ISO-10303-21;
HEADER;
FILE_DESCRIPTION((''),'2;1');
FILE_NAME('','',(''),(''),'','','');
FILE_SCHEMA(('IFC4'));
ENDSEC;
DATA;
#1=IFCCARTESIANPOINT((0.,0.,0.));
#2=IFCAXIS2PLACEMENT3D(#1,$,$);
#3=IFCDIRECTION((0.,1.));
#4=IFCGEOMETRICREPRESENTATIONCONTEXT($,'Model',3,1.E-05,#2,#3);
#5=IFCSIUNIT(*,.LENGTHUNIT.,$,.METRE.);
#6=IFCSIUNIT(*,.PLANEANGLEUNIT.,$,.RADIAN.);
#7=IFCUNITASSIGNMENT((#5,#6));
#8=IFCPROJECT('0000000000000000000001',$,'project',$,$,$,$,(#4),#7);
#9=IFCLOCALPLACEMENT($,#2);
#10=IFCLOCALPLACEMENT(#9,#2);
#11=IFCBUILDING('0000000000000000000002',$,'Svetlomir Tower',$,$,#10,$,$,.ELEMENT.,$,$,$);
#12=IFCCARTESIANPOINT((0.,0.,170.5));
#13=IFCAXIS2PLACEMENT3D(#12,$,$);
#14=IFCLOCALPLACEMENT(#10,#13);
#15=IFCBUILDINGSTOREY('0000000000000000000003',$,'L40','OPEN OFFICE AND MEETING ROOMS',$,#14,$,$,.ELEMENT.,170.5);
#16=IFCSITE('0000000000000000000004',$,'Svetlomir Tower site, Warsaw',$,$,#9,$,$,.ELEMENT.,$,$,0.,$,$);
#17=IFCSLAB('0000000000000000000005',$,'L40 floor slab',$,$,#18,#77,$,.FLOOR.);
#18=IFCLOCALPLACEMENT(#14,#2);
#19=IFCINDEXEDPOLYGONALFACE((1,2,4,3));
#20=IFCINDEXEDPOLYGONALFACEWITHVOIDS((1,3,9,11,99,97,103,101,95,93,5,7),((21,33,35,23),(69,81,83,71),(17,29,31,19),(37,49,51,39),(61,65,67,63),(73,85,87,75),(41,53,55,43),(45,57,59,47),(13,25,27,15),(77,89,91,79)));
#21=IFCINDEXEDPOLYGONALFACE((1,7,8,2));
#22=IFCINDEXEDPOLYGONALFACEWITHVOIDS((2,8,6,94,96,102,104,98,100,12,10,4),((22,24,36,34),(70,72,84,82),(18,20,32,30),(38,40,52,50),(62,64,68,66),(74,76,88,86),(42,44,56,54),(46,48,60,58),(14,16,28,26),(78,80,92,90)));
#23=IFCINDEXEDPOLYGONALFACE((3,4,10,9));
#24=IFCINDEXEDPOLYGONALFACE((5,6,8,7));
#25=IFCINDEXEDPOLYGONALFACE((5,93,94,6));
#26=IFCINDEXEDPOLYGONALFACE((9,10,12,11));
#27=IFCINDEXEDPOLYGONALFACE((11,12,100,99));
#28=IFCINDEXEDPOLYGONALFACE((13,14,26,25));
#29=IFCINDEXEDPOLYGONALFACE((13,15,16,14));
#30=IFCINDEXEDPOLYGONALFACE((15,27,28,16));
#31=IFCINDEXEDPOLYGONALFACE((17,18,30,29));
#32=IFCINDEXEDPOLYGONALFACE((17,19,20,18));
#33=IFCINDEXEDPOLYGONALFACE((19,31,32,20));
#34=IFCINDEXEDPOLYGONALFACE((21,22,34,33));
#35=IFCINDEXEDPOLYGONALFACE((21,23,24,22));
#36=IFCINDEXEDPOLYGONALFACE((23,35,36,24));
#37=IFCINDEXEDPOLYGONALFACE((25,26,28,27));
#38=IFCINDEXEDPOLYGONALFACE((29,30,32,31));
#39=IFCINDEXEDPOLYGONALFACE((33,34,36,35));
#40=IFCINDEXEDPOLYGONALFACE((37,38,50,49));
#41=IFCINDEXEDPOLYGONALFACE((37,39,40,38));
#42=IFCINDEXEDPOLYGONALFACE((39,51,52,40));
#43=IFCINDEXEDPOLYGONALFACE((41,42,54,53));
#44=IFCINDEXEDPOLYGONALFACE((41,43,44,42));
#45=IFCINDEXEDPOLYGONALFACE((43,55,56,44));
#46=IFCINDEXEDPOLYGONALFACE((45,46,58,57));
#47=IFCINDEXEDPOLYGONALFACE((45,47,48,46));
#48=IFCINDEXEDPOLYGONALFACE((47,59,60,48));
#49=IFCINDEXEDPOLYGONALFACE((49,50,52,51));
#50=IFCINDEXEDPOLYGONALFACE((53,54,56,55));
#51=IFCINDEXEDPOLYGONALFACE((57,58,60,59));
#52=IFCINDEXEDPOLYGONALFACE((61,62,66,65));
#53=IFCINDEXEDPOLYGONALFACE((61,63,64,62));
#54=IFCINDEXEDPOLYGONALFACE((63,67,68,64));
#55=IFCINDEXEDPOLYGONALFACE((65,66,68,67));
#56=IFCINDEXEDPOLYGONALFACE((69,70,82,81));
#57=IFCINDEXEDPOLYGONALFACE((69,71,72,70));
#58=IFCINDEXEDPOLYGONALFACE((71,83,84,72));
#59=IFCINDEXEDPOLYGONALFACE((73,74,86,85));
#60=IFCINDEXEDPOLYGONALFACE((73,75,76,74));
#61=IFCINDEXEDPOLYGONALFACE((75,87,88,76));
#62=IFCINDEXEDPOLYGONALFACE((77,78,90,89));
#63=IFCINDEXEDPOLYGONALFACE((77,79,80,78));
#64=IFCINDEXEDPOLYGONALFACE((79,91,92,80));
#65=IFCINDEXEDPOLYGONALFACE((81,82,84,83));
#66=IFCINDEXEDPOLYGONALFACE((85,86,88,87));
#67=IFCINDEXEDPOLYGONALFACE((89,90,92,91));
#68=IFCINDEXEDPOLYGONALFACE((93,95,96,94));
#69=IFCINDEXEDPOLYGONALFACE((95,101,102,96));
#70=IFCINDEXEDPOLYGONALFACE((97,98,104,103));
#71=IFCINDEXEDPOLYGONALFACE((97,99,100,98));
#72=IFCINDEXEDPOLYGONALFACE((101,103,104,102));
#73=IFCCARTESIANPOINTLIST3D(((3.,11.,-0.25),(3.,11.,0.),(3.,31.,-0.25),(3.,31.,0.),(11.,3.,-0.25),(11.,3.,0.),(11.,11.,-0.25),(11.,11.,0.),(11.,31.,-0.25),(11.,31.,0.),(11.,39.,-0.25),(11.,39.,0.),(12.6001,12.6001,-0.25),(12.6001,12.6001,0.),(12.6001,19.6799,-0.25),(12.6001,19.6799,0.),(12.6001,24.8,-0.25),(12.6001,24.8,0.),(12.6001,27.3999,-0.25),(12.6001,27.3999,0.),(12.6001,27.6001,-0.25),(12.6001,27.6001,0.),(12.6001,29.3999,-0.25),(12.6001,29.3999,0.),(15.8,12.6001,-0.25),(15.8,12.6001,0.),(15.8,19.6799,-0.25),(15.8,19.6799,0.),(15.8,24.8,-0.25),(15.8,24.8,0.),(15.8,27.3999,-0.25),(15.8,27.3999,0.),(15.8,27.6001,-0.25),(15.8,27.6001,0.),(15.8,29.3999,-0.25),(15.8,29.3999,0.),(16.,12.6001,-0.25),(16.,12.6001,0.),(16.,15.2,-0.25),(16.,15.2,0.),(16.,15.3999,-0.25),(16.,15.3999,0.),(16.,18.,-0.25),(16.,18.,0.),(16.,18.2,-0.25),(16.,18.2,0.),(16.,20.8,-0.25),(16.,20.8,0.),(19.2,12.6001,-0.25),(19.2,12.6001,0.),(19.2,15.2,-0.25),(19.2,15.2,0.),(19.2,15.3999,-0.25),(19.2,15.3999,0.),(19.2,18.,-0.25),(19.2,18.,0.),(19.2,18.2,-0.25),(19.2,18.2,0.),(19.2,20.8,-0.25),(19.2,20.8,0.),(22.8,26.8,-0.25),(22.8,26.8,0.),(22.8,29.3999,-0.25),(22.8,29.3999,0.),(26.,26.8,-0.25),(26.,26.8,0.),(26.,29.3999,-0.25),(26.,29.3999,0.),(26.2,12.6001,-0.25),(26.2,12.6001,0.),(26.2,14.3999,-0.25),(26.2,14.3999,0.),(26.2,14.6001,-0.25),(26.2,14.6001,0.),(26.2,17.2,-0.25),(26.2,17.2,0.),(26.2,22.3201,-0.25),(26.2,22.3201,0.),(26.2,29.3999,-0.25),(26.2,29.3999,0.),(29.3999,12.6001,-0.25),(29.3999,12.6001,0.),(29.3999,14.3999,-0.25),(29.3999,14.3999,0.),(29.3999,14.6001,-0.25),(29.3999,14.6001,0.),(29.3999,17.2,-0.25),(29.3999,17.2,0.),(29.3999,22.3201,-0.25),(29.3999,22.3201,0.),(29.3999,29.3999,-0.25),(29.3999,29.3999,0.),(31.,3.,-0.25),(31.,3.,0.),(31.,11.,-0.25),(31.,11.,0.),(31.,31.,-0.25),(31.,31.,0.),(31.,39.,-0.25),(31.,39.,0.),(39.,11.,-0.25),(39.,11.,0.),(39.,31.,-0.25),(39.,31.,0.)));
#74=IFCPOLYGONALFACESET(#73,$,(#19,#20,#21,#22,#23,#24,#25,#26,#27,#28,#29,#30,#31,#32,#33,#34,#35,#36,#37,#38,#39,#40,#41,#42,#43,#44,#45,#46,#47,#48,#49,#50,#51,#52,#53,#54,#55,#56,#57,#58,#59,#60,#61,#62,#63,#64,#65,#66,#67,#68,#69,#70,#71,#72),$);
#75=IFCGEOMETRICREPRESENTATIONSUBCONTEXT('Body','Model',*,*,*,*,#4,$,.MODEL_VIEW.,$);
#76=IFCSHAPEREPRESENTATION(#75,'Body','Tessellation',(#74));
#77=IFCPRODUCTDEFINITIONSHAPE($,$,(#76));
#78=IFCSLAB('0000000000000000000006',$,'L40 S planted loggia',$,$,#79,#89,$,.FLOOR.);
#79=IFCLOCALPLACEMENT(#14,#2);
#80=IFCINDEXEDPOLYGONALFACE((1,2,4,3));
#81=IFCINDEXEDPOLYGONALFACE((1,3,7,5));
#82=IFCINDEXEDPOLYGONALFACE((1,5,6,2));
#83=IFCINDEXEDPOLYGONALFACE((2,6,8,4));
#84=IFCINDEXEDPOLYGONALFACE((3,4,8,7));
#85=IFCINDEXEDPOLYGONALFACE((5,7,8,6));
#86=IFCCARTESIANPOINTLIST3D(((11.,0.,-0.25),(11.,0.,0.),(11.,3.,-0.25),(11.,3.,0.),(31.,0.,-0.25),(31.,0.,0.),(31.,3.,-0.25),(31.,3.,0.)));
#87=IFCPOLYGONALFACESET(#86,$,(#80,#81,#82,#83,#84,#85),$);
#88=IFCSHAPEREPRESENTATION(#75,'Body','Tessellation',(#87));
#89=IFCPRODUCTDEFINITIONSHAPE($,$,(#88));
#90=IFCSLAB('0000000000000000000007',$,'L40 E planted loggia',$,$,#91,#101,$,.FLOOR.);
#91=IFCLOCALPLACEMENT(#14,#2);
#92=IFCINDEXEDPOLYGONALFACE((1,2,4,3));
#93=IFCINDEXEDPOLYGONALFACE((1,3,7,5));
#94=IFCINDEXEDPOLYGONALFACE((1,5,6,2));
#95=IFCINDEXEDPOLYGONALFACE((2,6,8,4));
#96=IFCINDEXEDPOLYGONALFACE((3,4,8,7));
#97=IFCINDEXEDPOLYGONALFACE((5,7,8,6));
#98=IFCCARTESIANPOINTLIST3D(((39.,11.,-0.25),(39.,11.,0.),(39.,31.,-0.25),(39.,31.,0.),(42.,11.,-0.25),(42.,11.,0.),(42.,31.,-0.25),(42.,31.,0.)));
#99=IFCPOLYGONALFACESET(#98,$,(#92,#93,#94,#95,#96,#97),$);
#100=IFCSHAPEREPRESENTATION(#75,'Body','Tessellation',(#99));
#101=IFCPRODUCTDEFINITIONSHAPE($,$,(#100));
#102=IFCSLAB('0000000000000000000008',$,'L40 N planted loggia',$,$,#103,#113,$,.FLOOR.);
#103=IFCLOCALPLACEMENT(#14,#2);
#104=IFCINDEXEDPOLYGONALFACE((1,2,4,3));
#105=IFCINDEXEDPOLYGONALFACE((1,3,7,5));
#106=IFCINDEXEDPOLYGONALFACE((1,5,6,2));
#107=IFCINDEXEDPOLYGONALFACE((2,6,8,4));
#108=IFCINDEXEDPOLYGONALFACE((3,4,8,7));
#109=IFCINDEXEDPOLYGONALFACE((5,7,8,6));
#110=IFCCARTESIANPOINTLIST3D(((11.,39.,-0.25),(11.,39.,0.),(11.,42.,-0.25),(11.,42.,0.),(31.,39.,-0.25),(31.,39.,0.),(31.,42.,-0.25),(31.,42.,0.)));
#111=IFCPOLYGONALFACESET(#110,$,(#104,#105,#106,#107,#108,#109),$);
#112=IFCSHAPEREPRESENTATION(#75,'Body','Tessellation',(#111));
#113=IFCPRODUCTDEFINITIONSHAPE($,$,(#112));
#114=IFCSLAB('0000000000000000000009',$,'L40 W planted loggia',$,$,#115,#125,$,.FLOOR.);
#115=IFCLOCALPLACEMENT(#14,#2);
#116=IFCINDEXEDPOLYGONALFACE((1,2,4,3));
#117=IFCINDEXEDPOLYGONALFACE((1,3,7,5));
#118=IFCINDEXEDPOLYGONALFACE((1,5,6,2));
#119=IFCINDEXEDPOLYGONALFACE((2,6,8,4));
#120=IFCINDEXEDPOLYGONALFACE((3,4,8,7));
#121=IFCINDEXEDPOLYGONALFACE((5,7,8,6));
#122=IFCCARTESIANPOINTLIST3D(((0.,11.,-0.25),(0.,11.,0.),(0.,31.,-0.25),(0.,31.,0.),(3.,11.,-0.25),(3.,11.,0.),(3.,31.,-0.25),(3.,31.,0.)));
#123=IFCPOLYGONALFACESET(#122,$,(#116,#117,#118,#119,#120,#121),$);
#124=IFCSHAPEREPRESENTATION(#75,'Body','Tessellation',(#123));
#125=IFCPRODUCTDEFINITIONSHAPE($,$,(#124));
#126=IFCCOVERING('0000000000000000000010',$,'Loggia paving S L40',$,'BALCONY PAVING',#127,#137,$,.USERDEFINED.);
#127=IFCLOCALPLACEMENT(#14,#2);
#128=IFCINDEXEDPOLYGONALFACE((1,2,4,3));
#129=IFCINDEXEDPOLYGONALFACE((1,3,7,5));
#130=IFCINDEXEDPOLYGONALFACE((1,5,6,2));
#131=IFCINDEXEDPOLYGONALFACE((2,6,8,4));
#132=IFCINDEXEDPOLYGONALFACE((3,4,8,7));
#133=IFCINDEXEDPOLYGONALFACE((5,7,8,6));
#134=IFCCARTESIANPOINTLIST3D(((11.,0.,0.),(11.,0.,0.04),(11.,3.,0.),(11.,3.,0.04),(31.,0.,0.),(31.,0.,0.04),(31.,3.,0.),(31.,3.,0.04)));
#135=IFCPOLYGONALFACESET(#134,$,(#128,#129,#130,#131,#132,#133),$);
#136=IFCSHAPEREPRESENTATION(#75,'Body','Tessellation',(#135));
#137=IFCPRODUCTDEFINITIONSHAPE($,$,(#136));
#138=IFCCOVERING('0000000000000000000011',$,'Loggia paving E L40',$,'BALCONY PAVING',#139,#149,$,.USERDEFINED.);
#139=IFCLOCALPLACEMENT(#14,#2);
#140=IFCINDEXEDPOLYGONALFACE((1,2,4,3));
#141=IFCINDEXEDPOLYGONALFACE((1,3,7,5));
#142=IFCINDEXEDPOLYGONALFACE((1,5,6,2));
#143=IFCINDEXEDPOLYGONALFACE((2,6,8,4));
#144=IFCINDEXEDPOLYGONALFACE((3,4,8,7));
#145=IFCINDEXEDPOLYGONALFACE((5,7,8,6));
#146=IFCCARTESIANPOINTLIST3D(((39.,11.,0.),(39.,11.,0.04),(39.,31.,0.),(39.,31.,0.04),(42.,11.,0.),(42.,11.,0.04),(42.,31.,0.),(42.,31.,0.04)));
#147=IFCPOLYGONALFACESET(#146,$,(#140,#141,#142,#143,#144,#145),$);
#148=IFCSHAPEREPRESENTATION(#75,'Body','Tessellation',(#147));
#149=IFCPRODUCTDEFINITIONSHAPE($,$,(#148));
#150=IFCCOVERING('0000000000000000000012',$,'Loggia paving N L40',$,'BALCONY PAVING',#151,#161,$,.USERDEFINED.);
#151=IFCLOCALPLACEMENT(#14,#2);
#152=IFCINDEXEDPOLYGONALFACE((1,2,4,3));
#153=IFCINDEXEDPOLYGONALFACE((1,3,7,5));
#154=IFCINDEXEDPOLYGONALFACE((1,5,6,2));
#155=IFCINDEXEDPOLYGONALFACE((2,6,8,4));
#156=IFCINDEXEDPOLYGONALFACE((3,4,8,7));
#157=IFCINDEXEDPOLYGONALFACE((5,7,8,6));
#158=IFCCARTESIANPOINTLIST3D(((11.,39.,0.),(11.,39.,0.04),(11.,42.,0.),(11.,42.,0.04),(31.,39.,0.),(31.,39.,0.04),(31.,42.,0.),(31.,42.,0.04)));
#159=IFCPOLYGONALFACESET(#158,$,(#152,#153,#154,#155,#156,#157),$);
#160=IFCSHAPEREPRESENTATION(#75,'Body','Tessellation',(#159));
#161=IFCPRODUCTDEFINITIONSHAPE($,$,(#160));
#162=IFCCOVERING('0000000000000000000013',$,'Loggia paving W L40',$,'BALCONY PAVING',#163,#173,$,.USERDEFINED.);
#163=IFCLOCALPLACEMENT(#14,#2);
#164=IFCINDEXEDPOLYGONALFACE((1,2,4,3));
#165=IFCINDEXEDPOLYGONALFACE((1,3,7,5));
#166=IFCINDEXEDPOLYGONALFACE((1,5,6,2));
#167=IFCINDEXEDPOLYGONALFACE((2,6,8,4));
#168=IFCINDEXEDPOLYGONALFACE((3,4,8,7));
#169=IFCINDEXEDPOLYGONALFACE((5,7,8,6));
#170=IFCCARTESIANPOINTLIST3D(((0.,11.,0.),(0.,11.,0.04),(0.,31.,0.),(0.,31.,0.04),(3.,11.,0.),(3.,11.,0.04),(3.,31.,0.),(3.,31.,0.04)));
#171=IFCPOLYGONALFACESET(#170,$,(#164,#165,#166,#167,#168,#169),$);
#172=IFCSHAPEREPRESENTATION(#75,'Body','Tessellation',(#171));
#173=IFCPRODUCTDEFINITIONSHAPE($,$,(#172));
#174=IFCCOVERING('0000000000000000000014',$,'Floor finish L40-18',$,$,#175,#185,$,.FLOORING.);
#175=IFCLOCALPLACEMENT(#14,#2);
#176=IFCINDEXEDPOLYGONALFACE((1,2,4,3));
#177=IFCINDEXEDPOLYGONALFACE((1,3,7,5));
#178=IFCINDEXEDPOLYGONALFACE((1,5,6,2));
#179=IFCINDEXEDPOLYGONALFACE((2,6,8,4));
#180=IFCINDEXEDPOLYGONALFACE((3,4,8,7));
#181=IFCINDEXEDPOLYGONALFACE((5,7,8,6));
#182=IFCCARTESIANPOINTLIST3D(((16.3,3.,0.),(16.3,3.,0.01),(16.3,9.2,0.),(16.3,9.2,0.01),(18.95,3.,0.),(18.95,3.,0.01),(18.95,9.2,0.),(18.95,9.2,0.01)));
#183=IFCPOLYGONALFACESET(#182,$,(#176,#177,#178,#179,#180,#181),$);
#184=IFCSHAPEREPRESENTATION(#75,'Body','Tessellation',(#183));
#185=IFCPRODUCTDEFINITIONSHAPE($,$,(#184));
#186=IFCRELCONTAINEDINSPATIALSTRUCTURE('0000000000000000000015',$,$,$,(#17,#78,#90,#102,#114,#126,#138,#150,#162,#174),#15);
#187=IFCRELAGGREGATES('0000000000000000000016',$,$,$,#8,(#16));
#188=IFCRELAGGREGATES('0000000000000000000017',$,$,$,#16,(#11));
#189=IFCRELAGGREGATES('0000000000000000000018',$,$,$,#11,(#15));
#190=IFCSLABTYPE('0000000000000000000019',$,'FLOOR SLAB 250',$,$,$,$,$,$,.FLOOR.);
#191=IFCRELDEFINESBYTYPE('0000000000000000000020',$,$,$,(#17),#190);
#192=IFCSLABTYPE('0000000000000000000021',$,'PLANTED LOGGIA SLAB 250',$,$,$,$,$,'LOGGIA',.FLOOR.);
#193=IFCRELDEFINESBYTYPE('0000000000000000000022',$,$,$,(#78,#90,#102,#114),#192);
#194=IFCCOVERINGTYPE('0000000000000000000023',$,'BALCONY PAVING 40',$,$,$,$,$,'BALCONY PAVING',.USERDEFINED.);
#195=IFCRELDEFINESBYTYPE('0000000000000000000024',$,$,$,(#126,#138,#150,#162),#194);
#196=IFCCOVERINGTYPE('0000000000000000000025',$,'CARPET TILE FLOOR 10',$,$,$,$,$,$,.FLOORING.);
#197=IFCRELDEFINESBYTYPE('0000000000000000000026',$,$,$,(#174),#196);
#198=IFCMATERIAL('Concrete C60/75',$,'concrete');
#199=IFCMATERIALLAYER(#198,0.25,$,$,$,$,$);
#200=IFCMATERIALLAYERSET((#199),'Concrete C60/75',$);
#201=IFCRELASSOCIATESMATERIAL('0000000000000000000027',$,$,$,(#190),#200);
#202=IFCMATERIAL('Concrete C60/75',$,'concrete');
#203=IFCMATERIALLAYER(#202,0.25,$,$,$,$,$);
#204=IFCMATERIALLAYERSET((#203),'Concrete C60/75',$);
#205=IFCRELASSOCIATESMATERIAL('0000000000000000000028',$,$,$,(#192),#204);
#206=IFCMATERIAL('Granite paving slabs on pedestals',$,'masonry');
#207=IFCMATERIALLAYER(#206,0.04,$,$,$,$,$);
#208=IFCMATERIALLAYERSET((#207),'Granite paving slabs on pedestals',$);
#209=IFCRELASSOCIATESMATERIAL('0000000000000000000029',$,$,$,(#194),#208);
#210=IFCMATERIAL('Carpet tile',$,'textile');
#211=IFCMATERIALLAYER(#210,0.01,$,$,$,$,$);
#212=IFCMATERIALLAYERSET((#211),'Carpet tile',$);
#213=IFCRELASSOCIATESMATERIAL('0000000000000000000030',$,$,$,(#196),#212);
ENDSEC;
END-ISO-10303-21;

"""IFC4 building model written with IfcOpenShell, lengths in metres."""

from ifc_helpers import new_model, si_unit, direction, frame, origin, place, context, subcontext, project, spatial, polyline, outline, extrude, material, layer, layer_set, type_object, element, save


model = new_model("IFC4")

# Units and contexts
model_context = context("Model", 3, precision=1e-05, world=origin(), true_north=direction((0.0, 1.0)))
body_context = subcontext(model_context, "Body", "Model", "MODEL_VIEW")
ifc_project = project(units=[si_unit("LENGTHUNIT", "METRE"), si_unit("PLANEANGLEUNIT", "RADIAN")], contexts=[model_context])

# Site, building, storey
site_placement = place(None, origin())
site = spatial("IfcSite", under=ifc_project, at=site_placement, Name="Svetlomir Tower site, Warsaw", CompositionType="ELEMENT", RefElevation=0.0)
building_placement = place(site_placement, origin())
building = spatial("IfcBuilding", under=site, at=building_placement, Name="Svetlomir Tower", CompositionType="ELEMENT")
storey_placement = place(building_placement, frame((0.0, 0.0, 170.5)))
storey = spatial("IfcBuildingStorey", under=building, at=storey_placement, Name="L40", Description="OPEN OFFICE AND MEETING ROOMS", CompositionType="ELEMENT", Elevation=170.5)

# Slabs
ifc_material_1 = material(Name="Concrete C60/75", Category="concrete")
ifc_layer_1 = layer(ifc_material_1, 0.25)
ifc_layer_set_1 = layer_set([ifc_layer_1], Name="Concrete C60/75")
slab_type_1 = type_object("IfcSlabType", Name="FLOOR SLAB 250", PredefinedType="FLOOR", material=ifc_layer_set_1)
slab_1_placement = place(storey_placement, frame((0.0, 0.0, -0.25)))
element("IfcSlab", 1, at=slab_1_placement, inside=storey, type_object=slab_type_1, Name="L40 floor slab", PredefinedType="FLOOR", context=body_context, shape_type="SweptSolid", body=[
    extrude(outline(polyline([(11.0, 3.0), (31.0, 3.0), (31.0, 11.0), (39.0, 11.0), (39.0, 31.0), (31.0, 31.0), (31.0, 39.0), (11.0, 39.0), (11.0, 31.0), (3.0, 31.0), (3.0, 11.0), (11.0, 11.0), (11.0, 3.0)]), holes=[polyline([(12.6001, 24.8), (15.8, 24.8), (15.8, 27.3999), (12.6001, 27.3999), (12.6001, 24.8)]), polyline([(26.2, 14.6001), (29.3999, 14.6001), (29.3999, 17.2), (26.2, 17.2), (26.2, 14.6001)]), polyline([(16.0, 12.6001), (19.2, 12.6001), (19.2, 15.2), (16.0, 15.2), (16.0, 12.6001)]), polyline([(16.0, 15.3999), (19.2, 15.3999), (19.2, 18.0), (16.0, 18.0), (16.0, 15.3999)]), polyline([(16.0, 18.2), (19.2, 18.2), (19.2, 20.8), (16.0, 20.8), (16.0, 18.2)]), polyline([(22.8, 26.8), (26.0, 26.8), (26.0, 29.3999), (22.8, 29.3999), (22.8, 26.8)]), polyline([(12.6001, 27.6001), (15.8, 27.6001), (15.8, 29.3999), (12.6001, 29.3999), (12.6001, 27.6001)]), polyline([(26.2, 12.6001), (29.3999, 12.6001), (29.3999, 14.3999), (26.2, 14.3999), (26.2, 12.6001)]), polyline([(12.6001, 12.6001), (15.8, 12.6001), (15.8, 19.6799), (12.6001, 19.6799), (12.6001, 12.6001)]), polyline([(26.2, 22.3201), (29.3999, 22.3201), (29.3999, 29.3999), (26.2, 29.3999), (26.2, 22.3201)])]), origin(), (0.0, 0.0, 1.0), 0.25),
])
ifc_material_2 = material(Name="Concrete C60/75", Category="concrete")
ifc_layer_2 = layer(ifc_material_2, 0.25)
ifc_layer_set_2 = layer_set([ifc_layer_2], Name="Concrete C60/75")
slab_type_2 = type_object("IfcSlabType", Name="PLANTED LOGGIA SLAB 250", ElementType="LOGGIA", PredefinedType="FLOOR", material=ifc_layer_set_2)
slab_2_placement = place(storey_placement, frame((0.0, 0.0, -0.25)))
element("IfcSlab", 2, at=slab_2_placement, inside=storey, type_object=slab_type_2, Name="L40 S planted loggia", PredefinedType="FLOOR", context=body_context, shape_type="SweptSolid", body=[
    extrude(outline(polyline([(11.0, 0.0), (31.0, 0.0), (31.0, 3.0), (11.0, 3.0), (11.0, 0.0)])), origin(), (0.0, 0.0, 1.0), 0.25),
])
slab_3_placement = place(storey_placement, frame((0.0, 0.0, -0.25)))
element("IfcSlab", 3, at=slab_3_placement, inside=storey, type_object=slab_type_2, Name="L40 E planted loggia", PredefinedType="FLOOR", context=body_context, shape_type="SweptSolid", body=[
    extrude(outline(polyline([(39.0, 11.0), (42.0, 11.0), (42.0, 31.0), (39.0, 31.0), (39.0, 11.0)])), origin(), (0.0, 0.0, 1.0), 0.25),
])
slab_4_placement = place(storey_placement, frame((0.0, 0.0, -0.25)))
element("IfcSlab", 4, at=slab_4_placement, inside=storey, type_object=slab_type_2, Name="L40 N planted loggia", PredefinedType="FLOOR", context=body_context, shape_type="SweptSolid", body=[
    extrude(outline(polyline([(11.0, 39.0), (31.0, 39.0), (31.0, 42.0), (11.0, 42.0), (11.0, 39.0)])), origin(), (0.0, 0.0, 1.0), 0.25),
])
slab_5_placement = place(storey_placement, frame((0.0, 0.0, -0.25)))
element("IfcSlab", 5, at=slab_5_placement, inside=storey, type_object=slab_type_2, Name="L40 W planted loggia", PredefinedType="FLOOR", context=body_context, shape_type="SweptSolid", body=[
    extrude(outline(polyline([(0.0, 11.0), (3.0, 11.0), (3.0, 31.0), (0.0, 31.0), (0.0, 11.0)])), origin(), (0.0, 0.0, 1.0), 0.25),
])

# Coverings
ifc_material_3 = material(Name="Granite paving slabs on pedestals", Category="masonry")
ifc_layer_3 = layer(ifc_material_3, 0.04)
ifc_layer_set_3 = layer_set([ifc_layer_3], Name="Granite paving slabs on pedestals")
covering_type_1 = type_object("IfcCoveringType", Name="BALCONY PAVING 40", ElementType="BALCONY PAVING", PredefinedType="USERDEFINED", material=ifc_layer_set_3)
covering_1_placement = place(storey_placement, origin())
element("IfcCovering", 6, at=covering_1_placement, inside=storey, type_object=covering_type_1, Name="Loggia paving S L40", ObjectType="BALCONY PAVING", PredefinedType="USERDEFINED", context=body_context, shape_type="SweptSolid", body=[
    extrude(outline(polyline([(11.0, 0.0), (31.0, 0.0), (31.0, 3.0), (11.0, 3.0), (11.0, 0.0)])), origin(), (0.0, 0.0, 1.0), 0.04),
])
covering_2_placement = place(storey_placement, origin())
element("IfcCovering", 7, at=covering_2_placement, inside=storey, type_object=covering_type_1, Name="Loggia paving E L40", ObjectType="BALCONY PAVING", PredefinedType="USERDEFINED", context=body_context, shape_type="SweptSolid", body=[
    extrude(outline(polyline([(39.0, 11.0), (42.0, 11.0), (42.0, 31.0), (39.0, 31.0), (39.0, 11.0)])), origin(), (0.0, 0.0, 1.0), 0.04),
])
covering_3_placement = place(storey_placement, origin())
element("IfcCovering", 8, at=covering_3_placement, inside=storey, type_object=covering_type_1, Name="Loggia paving N L40", ObjectType="BALCONY PAVING", PredefinedType="USERDEFINED", context=body_context, shape_type="SweptSolid", body=[
    extrude(outline(polyline([(11.0, 39.0), (31.0, 39.0), (31.0, 42.0), (11.0, 42.0), (11.0, 39.0)])), origin(), (0.0, 0.0, 1.0), 0.04),
])
covering_4_placement = place(storey_placement, origin())
element("IfcCovering", 9, at=covering_4_placement, inside=storey, type_object=covering_type_1, Name="Loggia paving W L40", ObjectType="BALCONY PAVING", PredefinedType="USERDEFINED", context=body_context, shape_type="SweptSolid", body=[
    extrude(outline(polyline([(0.0, 11.0), (3.0, 11.0), (3.0, 31.0), (0.0, 31.0), (0.0, 11.0)])), origin(), (0.0, 0.0, 1.0), 0.04),
])
ifc_material_4 = material(Name="Carpet tile", Category="textile")
ifc_layer_4 = layer(ifc_material_4, 0.01)
ifc_layer_set_4 = layer_set([ifc_layer_4], Name="Carpet tile")
covering_type_2 = type_object("IfcCoveringType", Name="CARPET TILE FLOOR 10", PredefinedType="FLOORING", material=ifc_layer_set_4)
covering_5_placement = place(storey_placement, origin())
element("IfcCovering", 10, at=covering_5_placement, inside=storey, type_object=covering_type_2, Name="Floor finish L40-18", PredefinedType="FLOORING", context=body_context, shape_type="SweptSolid", body=[
    extrude(outline(polyline([(16.3, 3.0), (18.95, 3.0), (18.95, 9.2), (16.3, 9.2), (16.3, 3.0)])), origin(), (0.0, 0.0, 1.0), 0.01),
])

save(model, "model.ifc")
